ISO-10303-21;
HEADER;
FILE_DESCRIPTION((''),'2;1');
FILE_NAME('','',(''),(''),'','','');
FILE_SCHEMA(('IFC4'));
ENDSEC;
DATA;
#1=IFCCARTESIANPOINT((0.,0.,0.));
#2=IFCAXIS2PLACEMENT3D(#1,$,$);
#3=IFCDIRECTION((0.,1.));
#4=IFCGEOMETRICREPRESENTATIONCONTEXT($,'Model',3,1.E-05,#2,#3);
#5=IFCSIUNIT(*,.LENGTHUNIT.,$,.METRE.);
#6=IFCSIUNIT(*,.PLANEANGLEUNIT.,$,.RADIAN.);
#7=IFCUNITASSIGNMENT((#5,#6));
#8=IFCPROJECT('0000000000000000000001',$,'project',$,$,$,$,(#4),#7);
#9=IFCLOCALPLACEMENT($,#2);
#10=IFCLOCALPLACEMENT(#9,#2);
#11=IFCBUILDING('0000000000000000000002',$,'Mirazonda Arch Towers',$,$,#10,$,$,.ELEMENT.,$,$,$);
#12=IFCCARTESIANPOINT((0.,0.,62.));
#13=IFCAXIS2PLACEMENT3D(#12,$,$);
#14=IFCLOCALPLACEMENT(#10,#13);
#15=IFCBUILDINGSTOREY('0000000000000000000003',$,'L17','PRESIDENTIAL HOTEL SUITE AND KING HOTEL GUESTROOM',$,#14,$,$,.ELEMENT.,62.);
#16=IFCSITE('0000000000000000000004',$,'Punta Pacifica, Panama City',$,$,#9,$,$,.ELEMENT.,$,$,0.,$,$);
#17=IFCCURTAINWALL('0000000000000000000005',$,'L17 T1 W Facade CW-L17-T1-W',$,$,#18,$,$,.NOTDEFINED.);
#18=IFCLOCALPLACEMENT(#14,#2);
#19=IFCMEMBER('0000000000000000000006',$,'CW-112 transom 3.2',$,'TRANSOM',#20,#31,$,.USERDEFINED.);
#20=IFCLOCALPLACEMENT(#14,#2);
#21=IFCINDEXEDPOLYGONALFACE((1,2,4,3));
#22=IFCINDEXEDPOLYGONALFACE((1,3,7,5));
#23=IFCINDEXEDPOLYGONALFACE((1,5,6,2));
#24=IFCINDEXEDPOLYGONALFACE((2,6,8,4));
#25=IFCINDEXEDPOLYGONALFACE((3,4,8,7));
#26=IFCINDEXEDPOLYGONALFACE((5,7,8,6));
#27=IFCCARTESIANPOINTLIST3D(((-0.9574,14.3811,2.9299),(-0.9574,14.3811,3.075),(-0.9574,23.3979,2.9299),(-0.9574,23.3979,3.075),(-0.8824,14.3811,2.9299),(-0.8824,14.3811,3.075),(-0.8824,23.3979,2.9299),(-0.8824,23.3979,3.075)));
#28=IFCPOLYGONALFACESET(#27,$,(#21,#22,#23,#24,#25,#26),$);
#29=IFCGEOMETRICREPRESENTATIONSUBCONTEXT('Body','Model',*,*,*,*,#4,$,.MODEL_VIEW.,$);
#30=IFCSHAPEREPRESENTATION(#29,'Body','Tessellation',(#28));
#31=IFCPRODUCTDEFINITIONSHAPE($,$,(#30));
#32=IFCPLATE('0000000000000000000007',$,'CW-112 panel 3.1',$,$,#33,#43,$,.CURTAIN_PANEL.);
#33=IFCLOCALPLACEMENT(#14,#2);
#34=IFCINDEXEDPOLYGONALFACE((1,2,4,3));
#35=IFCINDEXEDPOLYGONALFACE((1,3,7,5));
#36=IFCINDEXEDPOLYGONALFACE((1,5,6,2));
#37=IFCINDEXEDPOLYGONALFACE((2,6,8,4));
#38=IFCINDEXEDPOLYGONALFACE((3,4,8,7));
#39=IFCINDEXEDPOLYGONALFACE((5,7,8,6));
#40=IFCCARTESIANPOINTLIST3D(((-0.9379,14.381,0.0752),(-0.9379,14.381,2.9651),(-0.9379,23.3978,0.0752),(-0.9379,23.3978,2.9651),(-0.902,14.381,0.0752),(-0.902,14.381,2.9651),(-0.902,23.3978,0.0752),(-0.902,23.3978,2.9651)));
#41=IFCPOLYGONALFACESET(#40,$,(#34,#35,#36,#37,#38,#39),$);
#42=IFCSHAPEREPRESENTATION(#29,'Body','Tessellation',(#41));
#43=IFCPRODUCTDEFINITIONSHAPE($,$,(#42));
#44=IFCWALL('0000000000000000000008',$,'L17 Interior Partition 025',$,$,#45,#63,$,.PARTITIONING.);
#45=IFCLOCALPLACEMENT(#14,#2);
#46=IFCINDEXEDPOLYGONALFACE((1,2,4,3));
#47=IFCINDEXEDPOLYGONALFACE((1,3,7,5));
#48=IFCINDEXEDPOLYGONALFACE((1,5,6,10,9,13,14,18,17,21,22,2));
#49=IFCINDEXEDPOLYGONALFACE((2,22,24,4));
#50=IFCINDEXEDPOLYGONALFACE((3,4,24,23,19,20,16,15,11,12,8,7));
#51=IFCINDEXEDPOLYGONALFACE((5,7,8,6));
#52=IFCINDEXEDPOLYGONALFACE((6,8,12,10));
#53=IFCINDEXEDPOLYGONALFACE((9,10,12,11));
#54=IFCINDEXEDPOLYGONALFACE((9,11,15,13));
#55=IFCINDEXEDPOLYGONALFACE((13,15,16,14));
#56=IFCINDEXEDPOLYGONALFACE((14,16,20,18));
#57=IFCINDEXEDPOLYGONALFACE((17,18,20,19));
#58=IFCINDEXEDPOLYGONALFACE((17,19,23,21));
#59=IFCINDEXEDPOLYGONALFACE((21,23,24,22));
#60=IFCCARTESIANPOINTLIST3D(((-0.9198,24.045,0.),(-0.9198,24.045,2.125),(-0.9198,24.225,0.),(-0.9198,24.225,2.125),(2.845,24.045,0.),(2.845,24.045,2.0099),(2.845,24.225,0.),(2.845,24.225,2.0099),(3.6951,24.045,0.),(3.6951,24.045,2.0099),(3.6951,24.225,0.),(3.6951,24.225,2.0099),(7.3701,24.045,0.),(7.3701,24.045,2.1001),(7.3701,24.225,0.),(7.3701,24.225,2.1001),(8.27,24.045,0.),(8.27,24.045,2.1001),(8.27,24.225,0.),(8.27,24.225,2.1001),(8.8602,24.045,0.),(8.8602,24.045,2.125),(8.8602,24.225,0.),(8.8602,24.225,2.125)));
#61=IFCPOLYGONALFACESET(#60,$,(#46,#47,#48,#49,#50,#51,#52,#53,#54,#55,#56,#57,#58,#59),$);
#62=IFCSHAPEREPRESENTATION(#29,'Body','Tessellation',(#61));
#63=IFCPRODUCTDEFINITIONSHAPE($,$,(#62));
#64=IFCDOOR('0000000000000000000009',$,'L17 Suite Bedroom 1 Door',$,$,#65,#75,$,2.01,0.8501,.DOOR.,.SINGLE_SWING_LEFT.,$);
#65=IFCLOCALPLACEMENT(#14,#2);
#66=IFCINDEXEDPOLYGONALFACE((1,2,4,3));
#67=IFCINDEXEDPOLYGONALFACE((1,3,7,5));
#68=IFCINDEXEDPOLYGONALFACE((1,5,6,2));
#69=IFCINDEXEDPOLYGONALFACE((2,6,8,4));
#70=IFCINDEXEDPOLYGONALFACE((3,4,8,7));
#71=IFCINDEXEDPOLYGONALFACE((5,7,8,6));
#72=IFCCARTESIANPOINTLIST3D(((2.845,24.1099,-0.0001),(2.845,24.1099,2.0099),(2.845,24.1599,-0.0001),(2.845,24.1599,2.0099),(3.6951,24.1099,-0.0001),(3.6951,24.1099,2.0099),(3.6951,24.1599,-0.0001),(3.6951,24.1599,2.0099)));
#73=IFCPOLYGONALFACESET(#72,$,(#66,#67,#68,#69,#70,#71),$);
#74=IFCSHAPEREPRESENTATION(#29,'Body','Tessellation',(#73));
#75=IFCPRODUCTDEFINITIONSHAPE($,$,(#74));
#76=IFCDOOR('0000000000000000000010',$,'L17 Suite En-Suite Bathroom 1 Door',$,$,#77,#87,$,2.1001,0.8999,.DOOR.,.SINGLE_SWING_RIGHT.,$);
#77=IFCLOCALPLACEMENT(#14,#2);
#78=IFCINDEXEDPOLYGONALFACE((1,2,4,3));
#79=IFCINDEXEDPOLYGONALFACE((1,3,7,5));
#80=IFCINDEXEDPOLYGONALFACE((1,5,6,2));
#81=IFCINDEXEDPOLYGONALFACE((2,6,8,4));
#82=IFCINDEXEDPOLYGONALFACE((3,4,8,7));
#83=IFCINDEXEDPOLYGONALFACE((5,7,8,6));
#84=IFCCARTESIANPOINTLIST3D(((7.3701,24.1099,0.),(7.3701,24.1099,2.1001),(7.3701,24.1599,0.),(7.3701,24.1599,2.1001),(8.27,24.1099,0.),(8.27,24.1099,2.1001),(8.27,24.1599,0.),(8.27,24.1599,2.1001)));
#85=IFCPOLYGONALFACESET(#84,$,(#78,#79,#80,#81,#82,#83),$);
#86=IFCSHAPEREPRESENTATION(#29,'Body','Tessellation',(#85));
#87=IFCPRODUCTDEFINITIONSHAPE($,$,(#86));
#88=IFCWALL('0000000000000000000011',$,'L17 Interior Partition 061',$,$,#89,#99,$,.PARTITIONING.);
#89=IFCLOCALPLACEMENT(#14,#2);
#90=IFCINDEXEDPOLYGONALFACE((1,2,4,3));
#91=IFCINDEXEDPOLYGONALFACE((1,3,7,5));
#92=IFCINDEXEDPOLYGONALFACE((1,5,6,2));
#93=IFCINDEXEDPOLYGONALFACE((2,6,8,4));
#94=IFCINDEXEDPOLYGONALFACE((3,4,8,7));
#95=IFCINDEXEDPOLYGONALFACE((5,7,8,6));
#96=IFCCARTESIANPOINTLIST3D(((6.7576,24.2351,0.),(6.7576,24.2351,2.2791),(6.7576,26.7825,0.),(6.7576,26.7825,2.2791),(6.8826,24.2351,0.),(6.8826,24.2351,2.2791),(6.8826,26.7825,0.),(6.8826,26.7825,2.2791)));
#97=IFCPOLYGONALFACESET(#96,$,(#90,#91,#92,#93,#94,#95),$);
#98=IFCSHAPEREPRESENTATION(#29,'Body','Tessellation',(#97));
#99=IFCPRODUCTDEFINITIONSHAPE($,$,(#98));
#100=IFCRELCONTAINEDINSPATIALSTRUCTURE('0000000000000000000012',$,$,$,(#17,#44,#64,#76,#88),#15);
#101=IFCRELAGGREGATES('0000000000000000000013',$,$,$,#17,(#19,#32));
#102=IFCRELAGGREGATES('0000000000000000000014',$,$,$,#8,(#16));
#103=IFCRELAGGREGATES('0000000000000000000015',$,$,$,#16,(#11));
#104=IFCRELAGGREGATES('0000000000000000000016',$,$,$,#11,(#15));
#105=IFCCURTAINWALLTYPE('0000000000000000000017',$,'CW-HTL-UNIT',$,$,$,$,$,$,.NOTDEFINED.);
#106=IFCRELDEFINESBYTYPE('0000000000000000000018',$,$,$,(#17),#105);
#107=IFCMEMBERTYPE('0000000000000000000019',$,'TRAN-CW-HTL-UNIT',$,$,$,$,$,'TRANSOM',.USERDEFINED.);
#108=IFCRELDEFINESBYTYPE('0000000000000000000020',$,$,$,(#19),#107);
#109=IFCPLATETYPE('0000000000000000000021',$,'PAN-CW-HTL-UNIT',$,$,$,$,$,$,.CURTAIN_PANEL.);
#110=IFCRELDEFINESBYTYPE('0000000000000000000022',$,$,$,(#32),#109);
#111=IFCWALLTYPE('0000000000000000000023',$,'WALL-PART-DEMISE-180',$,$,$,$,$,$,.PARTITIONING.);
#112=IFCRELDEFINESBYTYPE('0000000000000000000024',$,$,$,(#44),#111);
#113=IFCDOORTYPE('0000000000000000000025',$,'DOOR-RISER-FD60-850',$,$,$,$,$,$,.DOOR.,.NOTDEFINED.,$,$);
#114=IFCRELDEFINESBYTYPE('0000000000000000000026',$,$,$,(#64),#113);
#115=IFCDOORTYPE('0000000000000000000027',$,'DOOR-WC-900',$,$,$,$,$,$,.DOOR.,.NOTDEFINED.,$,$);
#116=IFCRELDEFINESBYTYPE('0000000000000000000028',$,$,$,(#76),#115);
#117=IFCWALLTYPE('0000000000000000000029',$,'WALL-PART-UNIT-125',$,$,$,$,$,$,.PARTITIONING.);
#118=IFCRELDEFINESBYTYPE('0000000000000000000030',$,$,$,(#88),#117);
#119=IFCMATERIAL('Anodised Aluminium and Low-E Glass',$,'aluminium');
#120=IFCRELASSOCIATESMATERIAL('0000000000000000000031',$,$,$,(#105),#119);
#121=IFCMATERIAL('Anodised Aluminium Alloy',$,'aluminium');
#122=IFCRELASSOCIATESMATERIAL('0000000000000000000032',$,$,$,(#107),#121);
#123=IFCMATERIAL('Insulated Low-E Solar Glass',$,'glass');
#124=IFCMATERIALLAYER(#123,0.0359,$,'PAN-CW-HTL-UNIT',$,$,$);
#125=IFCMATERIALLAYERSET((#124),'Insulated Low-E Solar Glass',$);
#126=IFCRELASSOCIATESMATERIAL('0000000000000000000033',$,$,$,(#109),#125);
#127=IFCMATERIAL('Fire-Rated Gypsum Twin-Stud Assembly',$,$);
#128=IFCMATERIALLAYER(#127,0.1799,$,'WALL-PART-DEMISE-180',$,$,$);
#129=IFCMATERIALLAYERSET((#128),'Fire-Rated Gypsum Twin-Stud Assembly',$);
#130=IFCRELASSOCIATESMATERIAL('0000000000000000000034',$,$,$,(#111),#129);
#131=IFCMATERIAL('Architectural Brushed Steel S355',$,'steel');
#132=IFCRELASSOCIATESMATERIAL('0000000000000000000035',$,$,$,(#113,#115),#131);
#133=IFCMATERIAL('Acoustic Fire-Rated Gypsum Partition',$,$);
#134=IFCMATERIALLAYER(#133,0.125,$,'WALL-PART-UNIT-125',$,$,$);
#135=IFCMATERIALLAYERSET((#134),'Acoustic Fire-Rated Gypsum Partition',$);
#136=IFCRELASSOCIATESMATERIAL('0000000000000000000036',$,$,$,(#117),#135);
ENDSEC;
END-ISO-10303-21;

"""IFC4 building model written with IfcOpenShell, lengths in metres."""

from ifc_helpers import new_model, si_unit, direction, frame, frame_2d, origin, origin_2d, place, context, subcontext, project, spatial, rectangle, extrude, material, layer, layer_set, material_profile, profile_set, type_object, element, fill, aggregate, save


model = new_model("IFC4")

# Units and contexts
model_context = context("Model", 3, precision=1e-05, world=origin(), true_north=direction((0.0, 1.0)))
body_context = subcontext(model_context, "Body", "Model", "MODEL_VIEW")
ifc_project = project(units=[si_unit("LENGTHUNIT", "METRE"), si_unit("PLANEANGLEUNIT", "RADIAN")], contexts=[model_context])

# Site, building, storey
site_placement = place(None, origin())
site = spatial("IfcSite", under=ifc_project, at=site_placement, Name="Punta Pacifica, Panama City", CompositionType="ELEMENT", RefElevation=0.0)
building_placement = place(site_placement, origin())
building = spatial("IfcBuilding", under=site, at=building_placement, Name="Mirazonda Arch Towers", CompositionType="ELEMENT")
storey_placement = place(building_placement, frame((0.0, 0.0, 62.0)))
storey = spatial("IfcBuildingStorey", under=building, at=storey_placement, Name="L17", Description="PRESIDENTIAL HOTEL SUITE AND KING HOTEL GUESTROOM", CompositionType="ELEMENT", Elevation=62.0)

# Curtain wall, member, plate
ifc_material_1 = material(Name="Anodised Aluminium and Low-E Glass", Category="aluminium")
curtain_wall_type = type_object("IfcCurtainWallType", Name="CW-HTL-UNIT", PredefinedType="NOTDEFINED", material=ifc_material_1)
curtain_wall_placement = place(storey_placement, origin())
curtain_wall = element("IfcCurtainWall", 1, at=curtain_wall_placement, inside=storey, type_object=curtain_wall_type, Name="L17 T1 W Facade CW-L17-T1-W", PredefinedType="NOTDEFINED")
ifc_material_2 = material(Name="Anodised Aluminium Alloy", Category="aluminium")
ifc_material_profile_1 = material_profile(ifc_material_2, rectangle(XDim=0.075, YDim=0.145, at=origin_2d()), Name="ALU-TRAN-75x145")
ifc_profile_set_1 = profile_set([ifc_material_profile_1], Name="Anodised Aluminium Alloy")
member_type_1 = type_object("IfcMemberType", Name="TRAN-CW-HTL-UNIT", ElementType="TRANSOM", PredefinedType="USERDEFINED", material=ifc_profile_set_1)
member_1_placement = place(storey_placement, frame((-0.9199, 23.3979, 3.0024), z_axis=(0.0, -1.0, 0.0), x_axis=(1.0, 0.0, 0.0)))
member_1 = element("IfcMember", 2, at=member_1_placement, type_object=member_type_1, Name="CW-112 transom 3.2", ObjectType="TRANSOM", PredefinedType="USERDEFINED", context=body_context, shape_type="SweptSolid", body=[
    extrude(rectangle(XDim=0.075, YDim=0.145, at=origin_2d()), origin(), (0.0, 0.0, 1.0), 9.0168),
])
ifc_material_3 = material(Name="Insulated Low-E Solar Glass", Category="glass")
ifc_layer_1 = layer(ifc_material_3, 0.0359, Name="PAN-CW-HTL-UNIT")
ifc_layer_set_1 = layer_set([ifc_layer_1], Name="Insulated Low-E Solar Glass")
plate_type = type_object("IfcPlateType", Name="PAN-CW-HTL-UNIT", PredefinedType="CURTAIN_PANEL", material=ifc_layer_set_1)
plate_placement = place(storey_placement, frame((-0.9199, 18.8894, 0.0752), z_axis=(0.0, 0.0, 1.0), x_axis=(0.0, -1.0, 0.0)))
plate = element("IfcPlate", 3, at=plate_placement, type_object=plate_type, Name="CW-112 panel 3.1", PredefinedType="CURTAIN_PANEL", context=body_context, shape_type="SweptSolid", body=[
    extrude(rectangle(XDim=9.0168, YDim=0.0359, at=origin_2d()), origin(), (0.0, 0.0, 1.0), 2.8899),
])
aggregate(curtain_wall, [member_1, plate])

# Wall, openings, doors
ifc_material_4 = material(Name="Fire-Rated Gypsum Twin-Stud Assembly")
ifc_layer_2 = layer(ifc_material_4, 0.1799, Name="WALL-PART-DEMISE-180")
ifc_layer_set_2 = layer_set([ifc_layer_2], Name="Fire-Rated Gypsum Twin-Stud Assembly")
wall_type_1 = type_object("IfcWallType", Name="WALL-PART-DEMISE-180", PredefinedType="PARTITIONING", material=ifc_layer_set_2)
wall_1_placement = place(storey_placement, frame((-0.9199, 24.135, 0.0), z_axis=(0.0, 0.0, 1.0), x_axis=(1.0, 0.0, 0.0)))
wall_1 = element("IfcWall", 4, at=wall_1_placement, inside=storey, type_object=wall_type_1, Name="L17 Interior Partition 025", PredefinedType="PARTITIONING", context=body_context, shape_type="SweptSolid", body=[
    extrude(rectangle(XDim=9.78, YDim=0.1799, at=frame_2d((4.8901, 0.0))), origin(), (0.0, 0.0, 1.0), 2.125),
])
opening_1_placement = place(wall_1_placement, frame((3.7649, 0.0, 0.0)))
opening_1 = element("IfcOpeningElement", 5, at=opening_1_placement, cuts=wall_1, PredefinedType="OPENING", context=body_context, shape_type="SweptSolid", body=[
    extrude(rectangle(XDim=0.8501, YDim=2.01, at=frame_2d((0.425, 1.0049))), frame((0.0, 0.0999, 0.0), z_axis=(0.0, -1.0, 0.0), x_axis=(1.0, 0.0, 0.0)), (0.0, 0.0, 1.0), 0.2),
])
opening_2_placement = place(wall_1_placement, frame((8.29, 0.0, 0.0)))
opening_2 = element("IfcOpeningElement", 6, at=opening_2_placement, cuts=wall_1, PredefinedType="OPENING", context=body_context, shape_type="SweptSolid", body=[
    extrude(rectangle(XDim=0.8999, YDim=2.1001, at=frame_2d((0.45, 1.05))), frame((0.0, 0.0999, 0.0), z_axis=(0.0, -1.0, 0.0), x_axis=(1.0, 0.0, 0.0)), (0.0, 0.0, 1.0), 0.2),
])
ifc_material_5 = material(Name="Architectural Brushed Steel S355", Category="steel")
door_type_1 = type_object("IfcDoorType", Name="DOOR-RISER-FD60-850", OperationType="NOTDEFINED", PredefinedType="DOOR", material=ifc_material_5)
door_1_placement = place(opening_1_placement, origin())
door_1 = element("IfcDoor", 7, at=door_1_placement, inside=storey, type_object=door_type_1, Name="L17 Suite Bedroom 1 Door", OperationType="SINGLE_SWING_LEFT", OverallHeight=2.01, OverallWidth=0.8501, PredefinedType="DOOR", context=body_context, shape_type="SweptSolid", body=[
    extrude(rectangle(XDim=0.8501, YDim=2.01, at=frame_2d((0.425, 1.0049))), frame((0.0, 0.0249, 0.0), z_axis=(0.0, -1.0, 0.0), x_axis=(1.0, 0.0, 0.0)), (0.0, 0.0, 1.0), 0.05),
])
fill(opening_1, door_1)
door_type_2 = type_object("IfcDoorType", Name="DOOR-WC-900", OperationType="NOTDEFINED", PredefinedType="DOOR", material=ifc_material_5)
door_2_placement = place(opening_2_placement, origin())
door_2 = element("IfcDoor", 8, at=door_2_placement, inside=storey, type_object=door_type_2, Name="L17 Suite En-Suite Bathroom 1 Door", OperationType="SINGLE_SWING_RIGHT", OverallHeight=2.1001, OverallWidth=0.8999, PredefinedType="DOOR", context=body_context, shape_type="SweptSolid", body=[
    extrude(rectangle(XDim=0.8999, YDim=2.1001, at=frame_2d((0.45, 1.05))), frame((0.0, 0.0249, 0.0), z_axis=(0.0, -1.0, 0.0), x_axis=(1.0, 0.0, 0.0)), (0.0, 0.0, 1.0), 0.05),
])
fill(opening_2, door_2)

# Wall
ifc_material_6 = material(Name="Acoustic Fire-Rated Gypsum Partition")
ifc_layer_3 = layer(ifc_material_6, 0.125, Name="WALL-PART-UNIT-125")
ifc_layer_set_3 = layer_set([ifc_layer_3], Name="Acoustic Fire-Rated Gypsum Partition")
wall_type_2 = type_object("IfcWallType", Name="WALL-PART-UNIT-125", PredefinedType="PARTITIONING", material=ifc_layer_set_3)
wall_2_placement = place(storey_placement, frame((6.8201, 24.2351, 0.0), z_axis=(0.0, 0.0, 1.0), x_axis=(0.0, 1.0, 0.0)))
element("IfcWall", 9, at=wall_2_placement, inside=storey, type_object=wall_type_2, Name="L17 Interior Partition 061", PredefinedType="PARTITIONING", context=body_context, shape_type="SweptSolid", body=[
    extrude(rectangle(XDim=2.5474, YDim=0.125, at=frame_2d((1.2737, 0.0))), origin(), (0.0, 0.0, 1.0), 2.2791),
])

save(model, "model.ifc")
